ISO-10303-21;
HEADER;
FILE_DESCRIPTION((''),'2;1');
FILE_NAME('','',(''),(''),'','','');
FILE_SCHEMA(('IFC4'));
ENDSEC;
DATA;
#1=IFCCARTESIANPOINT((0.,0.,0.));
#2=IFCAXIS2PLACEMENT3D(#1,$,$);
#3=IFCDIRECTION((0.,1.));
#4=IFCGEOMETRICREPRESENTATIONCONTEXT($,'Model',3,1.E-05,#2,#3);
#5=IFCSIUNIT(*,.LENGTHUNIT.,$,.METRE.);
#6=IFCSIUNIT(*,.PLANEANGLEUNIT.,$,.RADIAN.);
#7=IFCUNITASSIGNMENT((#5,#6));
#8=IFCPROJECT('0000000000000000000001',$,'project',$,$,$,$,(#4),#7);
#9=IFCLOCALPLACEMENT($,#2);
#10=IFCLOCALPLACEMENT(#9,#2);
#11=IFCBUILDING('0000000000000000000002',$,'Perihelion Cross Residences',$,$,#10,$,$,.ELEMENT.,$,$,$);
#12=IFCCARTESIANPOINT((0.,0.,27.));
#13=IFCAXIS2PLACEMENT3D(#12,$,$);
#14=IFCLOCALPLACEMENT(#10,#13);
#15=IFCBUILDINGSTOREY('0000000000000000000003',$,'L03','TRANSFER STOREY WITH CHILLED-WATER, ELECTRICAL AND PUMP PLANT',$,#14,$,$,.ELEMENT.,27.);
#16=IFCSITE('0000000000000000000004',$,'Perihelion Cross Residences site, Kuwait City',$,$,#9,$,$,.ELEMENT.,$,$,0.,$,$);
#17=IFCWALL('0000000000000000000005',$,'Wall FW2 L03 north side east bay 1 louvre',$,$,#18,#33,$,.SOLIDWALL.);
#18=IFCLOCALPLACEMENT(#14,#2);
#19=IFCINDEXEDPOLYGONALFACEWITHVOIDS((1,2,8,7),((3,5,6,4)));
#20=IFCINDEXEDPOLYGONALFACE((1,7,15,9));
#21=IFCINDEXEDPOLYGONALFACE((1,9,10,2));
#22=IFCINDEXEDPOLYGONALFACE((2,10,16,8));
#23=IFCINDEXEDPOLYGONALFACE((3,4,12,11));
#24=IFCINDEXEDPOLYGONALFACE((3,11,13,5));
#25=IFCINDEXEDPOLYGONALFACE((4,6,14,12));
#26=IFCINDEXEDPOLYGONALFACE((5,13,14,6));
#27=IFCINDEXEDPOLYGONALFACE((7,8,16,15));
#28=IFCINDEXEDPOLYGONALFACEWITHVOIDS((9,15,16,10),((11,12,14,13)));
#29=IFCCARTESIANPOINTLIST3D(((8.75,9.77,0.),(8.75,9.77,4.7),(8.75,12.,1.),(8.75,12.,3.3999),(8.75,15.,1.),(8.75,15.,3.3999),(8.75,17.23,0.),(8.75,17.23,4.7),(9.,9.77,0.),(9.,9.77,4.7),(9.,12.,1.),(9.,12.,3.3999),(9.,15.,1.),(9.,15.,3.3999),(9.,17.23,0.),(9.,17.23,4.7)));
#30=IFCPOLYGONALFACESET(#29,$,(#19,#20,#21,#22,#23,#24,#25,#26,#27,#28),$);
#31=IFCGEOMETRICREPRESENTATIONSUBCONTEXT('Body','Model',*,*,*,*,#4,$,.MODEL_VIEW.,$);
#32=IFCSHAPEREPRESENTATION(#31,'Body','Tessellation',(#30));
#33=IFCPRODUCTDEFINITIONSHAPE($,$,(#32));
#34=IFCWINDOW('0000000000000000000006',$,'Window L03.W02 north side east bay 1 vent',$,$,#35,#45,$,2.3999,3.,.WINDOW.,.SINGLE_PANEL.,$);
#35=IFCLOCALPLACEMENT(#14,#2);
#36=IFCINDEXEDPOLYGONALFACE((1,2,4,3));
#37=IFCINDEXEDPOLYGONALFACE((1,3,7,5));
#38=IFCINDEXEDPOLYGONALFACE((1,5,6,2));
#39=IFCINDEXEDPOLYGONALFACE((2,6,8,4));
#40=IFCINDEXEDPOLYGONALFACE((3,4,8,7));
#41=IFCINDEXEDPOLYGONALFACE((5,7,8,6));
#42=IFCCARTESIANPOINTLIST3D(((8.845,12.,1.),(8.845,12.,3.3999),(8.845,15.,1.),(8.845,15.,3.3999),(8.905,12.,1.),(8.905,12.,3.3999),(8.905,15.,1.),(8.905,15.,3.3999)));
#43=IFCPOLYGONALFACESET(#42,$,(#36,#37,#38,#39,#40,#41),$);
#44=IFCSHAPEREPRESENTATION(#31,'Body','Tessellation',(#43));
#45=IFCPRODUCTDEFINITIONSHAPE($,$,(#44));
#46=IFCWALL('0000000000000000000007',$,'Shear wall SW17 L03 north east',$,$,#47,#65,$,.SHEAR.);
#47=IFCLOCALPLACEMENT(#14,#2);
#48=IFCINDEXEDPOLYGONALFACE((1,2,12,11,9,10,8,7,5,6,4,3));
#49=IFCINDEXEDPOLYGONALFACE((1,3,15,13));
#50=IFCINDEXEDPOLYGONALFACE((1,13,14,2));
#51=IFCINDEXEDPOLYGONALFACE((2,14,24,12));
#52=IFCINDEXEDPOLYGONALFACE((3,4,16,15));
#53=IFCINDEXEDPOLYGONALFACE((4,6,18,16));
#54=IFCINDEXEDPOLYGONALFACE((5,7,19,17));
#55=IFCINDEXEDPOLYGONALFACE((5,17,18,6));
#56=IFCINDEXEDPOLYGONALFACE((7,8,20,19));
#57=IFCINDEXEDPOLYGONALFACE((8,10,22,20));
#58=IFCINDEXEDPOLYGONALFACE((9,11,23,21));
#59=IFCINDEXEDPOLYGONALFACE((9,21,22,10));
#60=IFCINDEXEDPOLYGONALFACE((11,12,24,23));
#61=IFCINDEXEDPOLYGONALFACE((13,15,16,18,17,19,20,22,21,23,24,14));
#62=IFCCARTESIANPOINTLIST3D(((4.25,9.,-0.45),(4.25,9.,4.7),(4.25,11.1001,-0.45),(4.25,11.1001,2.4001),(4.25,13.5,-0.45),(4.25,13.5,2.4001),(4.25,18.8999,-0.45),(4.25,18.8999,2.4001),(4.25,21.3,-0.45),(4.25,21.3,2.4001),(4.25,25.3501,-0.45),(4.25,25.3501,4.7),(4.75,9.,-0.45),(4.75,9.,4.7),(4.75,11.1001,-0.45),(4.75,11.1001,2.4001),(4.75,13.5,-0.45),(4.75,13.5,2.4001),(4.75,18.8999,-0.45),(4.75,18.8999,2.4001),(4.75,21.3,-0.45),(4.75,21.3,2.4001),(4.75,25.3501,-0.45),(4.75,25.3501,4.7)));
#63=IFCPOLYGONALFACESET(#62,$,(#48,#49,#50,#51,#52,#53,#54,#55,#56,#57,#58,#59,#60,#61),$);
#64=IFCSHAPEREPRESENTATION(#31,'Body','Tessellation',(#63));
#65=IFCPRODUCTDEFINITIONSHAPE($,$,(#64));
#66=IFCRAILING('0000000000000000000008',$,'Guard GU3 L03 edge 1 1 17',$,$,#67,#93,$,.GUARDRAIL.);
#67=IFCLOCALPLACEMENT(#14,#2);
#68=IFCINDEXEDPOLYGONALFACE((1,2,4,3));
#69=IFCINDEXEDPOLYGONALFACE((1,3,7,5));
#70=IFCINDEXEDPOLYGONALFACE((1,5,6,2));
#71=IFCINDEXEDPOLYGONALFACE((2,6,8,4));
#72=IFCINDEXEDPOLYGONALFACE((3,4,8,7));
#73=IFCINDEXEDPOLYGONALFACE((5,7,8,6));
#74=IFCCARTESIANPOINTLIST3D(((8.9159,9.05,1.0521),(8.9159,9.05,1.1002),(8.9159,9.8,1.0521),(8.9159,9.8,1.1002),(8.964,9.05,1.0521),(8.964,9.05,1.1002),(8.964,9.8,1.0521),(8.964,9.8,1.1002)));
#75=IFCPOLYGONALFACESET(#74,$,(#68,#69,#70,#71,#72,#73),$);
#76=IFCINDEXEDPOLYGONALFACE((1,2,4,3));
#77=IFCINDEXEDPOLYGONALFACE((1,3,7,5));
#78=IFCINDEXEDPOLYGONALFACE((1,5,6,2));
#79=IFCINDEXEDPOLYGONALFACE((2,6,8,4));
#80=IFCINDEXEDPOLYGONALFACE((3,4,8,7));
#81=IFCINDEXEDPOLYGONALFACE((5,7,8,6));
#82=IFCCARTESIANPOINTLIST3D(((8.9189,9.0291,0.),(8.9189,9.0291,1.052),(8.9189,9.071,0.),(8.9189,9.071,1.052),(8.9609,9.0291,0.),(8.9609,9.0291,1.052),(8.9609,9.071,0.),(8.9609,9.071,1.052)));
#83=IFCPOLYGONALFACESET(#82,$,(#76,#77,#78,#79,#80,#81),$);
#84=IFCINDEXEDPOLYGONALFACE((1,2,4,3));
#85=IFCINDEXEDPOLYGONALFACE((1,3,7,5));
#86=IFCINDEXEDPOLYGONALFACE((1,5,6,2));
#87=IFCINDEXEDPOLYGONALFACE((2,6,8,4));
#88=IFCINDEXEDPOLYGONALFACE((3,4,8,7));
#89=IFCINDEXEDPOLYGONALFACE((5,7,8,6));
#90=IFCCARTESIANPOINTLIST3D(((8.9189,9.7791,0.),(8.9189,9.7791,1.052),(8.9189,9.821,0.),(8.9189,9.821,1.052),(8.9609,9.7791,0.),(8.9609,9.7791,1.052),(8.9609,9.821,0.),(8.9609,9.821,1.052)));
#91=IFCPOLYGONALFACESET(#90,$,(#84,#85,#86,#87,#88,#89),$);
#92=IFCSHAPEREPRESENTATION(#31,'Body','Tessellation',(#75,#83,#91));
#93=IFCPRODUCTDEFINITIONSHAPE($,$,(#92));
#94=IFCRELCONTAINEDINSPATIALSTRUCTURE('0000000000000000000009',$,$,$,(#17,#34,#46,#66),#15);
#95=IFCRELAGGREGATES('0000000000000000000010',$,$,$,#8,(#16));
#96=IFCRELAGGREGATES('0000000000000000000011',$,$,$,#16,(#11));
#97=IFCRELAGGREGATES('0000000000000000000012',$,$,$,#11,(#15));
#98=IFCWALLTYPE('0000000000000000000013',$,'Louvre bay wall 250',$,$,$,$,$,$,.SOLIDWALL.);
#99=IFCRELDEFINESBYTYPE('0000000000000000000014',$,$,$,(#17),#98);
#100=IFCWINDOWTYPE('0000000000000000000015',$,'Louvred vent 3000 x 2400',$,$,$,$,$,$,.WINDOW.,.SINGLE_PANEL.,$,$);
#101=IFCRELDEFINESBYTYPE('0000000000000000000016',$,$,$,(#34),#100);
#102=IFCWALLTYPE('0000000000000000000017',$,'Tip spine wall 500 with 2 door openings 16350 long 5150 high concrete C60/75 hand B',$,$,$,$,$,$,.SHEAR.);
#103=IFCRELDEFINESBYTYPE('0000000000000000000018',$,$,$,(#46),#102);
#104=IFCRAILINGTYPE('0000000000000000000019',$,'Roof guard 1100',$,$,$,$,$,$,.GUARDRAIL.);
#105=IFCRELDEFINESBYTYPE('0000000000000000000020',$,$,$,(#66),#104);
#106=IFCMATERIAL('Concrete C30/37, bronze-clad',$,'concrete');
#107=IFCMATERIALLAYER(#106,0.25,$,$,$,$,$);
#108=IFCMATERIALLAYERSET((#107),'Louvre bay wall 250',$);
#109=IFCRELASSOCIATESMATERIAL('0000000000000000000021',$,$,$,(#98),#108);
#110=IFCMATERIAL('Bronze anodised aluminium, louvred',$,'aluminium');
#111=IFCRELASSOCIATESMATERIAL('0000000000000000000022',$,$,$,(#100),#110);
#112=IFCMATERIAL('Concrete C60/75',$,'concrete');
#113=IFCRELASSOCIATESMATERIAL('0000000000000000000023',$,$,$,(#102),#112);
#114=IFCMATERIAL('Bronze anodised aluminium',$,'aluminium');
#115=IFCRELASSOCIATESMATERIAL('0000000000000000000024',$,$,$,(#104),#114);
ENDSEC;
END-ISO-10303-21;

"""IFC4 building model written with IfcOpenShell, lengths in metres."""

from ifc_helpers import new_model, si_unit, direction, frame, frame_2d, origin, origin_2d, place, context, subcontext, project, spatial, polyline, rectangle, outline, extrude, material, layer, layer_set, material_profile, profile_set, type_object, element, fill, save


model = new_model("IFC4")

# Units and contexts
model_context = context("Model", 3, precision=1e-05, world=origin(), true_north=direction((0.0, 1.0)))
body_context = subcontext(model_context, "Body", "Model", "MODEL_VIEW")
ifc_project = project(units=[si_unit("LENGTHUNIT", "METRE"), si_unit("PLANEANGLEUNIT", "RADIAN")], contexts=[model_context])

# Site, building, storey
site_placement = place(None, origin())
site = spatial("IfcSite", under=ifc_project, at=site_placement, Name="Perihelion Cross Residences site, Kuwait City", CompositionType="ELEMENT", RefElevation=0.0)
building_placement = place(site_placement, origin())
building = spatial("IfcBuilding", under=site, at=building_placement, Name="Perihelion Cross Residences", CompositionType="ELEMENT")
storey_placement = place(building_placement, frame((0.0, 0.0, 27.0)))
storey = spatial("IfcBuildingStorey", under=building, at=storey_placement, Name="L03", Description="TRANSFER STOREY WITH CHILLED-WATER, ELECTRICAL AND PUMP PLANT", CompositionType="ELEMENT", Elevation=27.0)

# Wall, opening, window
ifc_material_1 = material(Name="Concrete C30/37, bronze-clad", Category="concrete")
ifc_layer_1 = layer(ifc_material_1, 0.25)
ifc_layer_set_1 = layer_set([ifc_layer_1], Name="Louvre bay wall 250")
wall_type_1 = type_object("IfcWallType", Name="Louvre bay wall 250", PredefinedType="SOLIDWALL", material=ifc_layer_set_1)
wall_1_placement = place(storey_placement, frame((8.875, 9.77, 0.0), z_axis=(0.0, 0.0, 1.0), x_axis=(0.0, 1.0, 0.0)))
wall_1 = element("IfcWall", 1, at=wall_1_placement, inside=storey, type_object=wall_type_1, Name="Wall FW2 L03 north side east bay 1 louvre", PredefinedType="SOLIDWALL", context=body_context, shape_type="SweptSolid", body=[
    extrude(rectangle(XDim=7.46, YDim=0.25, at=frame_2d((3.73, 0.0))), origin(), (0.0, 0.0, 1.0), 4.7),
])
opening_placement = place(wall_1_placement, frame((2.23, 0.0, 1.0)))
opening = element("IfcOpeningElement", 2, at=opening_placement, cuts=wall_1, PredefinedType="OPENING", context=body_context, shape_type="SweptSolid", body=[
    extrude(rectangle(XDim=3.0, YDim=2.3999, at=frame_2d((1.5, 1.2))), frame((0.0, 0.135, 0.0), z_axis=(0.0, -1.0, 0.0), x_axis=(1.0, 0.0, 0.0)), (0.0, 0.0, 1.0), 0.27),
])
ifc_material_2 = material(Name="Bronze anodised aluminium, louvred", Category="aluminium")
window_type = type_object("IfcWindowType", Name="Louvred vent 3000 x 2400", PartitioningType="SINGLE_PANEL", PredefinedType="WINDOW", material=ifc_material_2)
window_placement = place(opening_placement, origin())
window = element("IfcWindow", 3, at=window_placement, inside=storey, type_object=window_type, Name="Window L03.W02 north side east bay 1 vent", OverallHeight=2.3999, OverallWidth=3.0, PartitioningType="SINGLE_PANEL", PredefinedType="WINDOW", context=body_context, shape_type="SweptSolid", body=[
    extrude(rectangle(XDim=3.0, YDim=2.3999, at=frame_2d((1.5, 1.2))), frame((0.0, 0.03, 0.0), z_axis=(0.0, -1.0, 0.0), x_axis=(1.0, 0.0, 0.0)), (0.0, 0.0, 1.0), 0.0601),
])
fill(opening, window)

# Wall
ifc_material_3 = material(Name="Concrete C60/75", Category="concrete")
ifc_material_profile_1 = material_profile(ifc_material_3, outline(polyline([(0.0, 0.0), (2.1001, 0.0), (2.1001, 2.8501), (4.5, 2.8501), (4.5, 0.0), (9.8999, 0.0), (9.8999, 2.8501), (12.3, 2.8501), (12.3, 0.0), (16.3501, 0.0), (16.3501, 5.1499), (0.0, 5.1499), (0.0, 0.0)])), Name="Tip spine wall")
ifc_profile_set_1 = profile_set([ifc_material_profile_1], Name="Concrete C60/75")
wall_type_2 = type_object("IfcWallType", Name="Tip spine wall 500 with 2 door openings 16350 long 5150 high concrete C60/75 hand B", PredefinedType="SHEAR", material=ifc_profile_set_1)
wall_2_placement = place(storey_placement, frame((4.25, 9.0, -0.45), z_axis=(1.0, 0.0, 0.0), x_axis=(0.0, 1.0, 0.0)))
element("IfcWall", 4, at=wall_2_placement, inside=storey, type_object=wall_type_2, Name="Shear wall SW17 L03 north east", PredefinedType="SHEAR", context=body_context, shape_type="SweptSolid", body=[
    extrude(outline(polyline([(0.0, 0.0), (2.1001, 0.0), (2.1001, 2.8501), (4.5, 2.8501), (4.5, 0.0), (9.8999, 0.0), (9.8999, 2.8501), (12.3, 2.8501), (12.3, 0.0), (16.3501, 0.0), (16.3501, 5.1499), (0.0, 5.1499), (0.0, 0.0)])), origin(), (0.0, 0.0, 1.0), 0.5),
])

# Railing
ifc_material_4 = material(Name="Bronze anodised aluminium", Category="aluminium")
railing_type = type_object("IfcRailingType", Name="Roof guard 1100", PredefinedType="GUARDRAIL", material=ifc_material_4)
railing_placement = place(storey_placement, frame((8.9399, 9.05, 0.0)))
element("IfcRailing", 5, at=railing_placement, inside=storey, type_object=railing_type, Name="Guard GU3 L03 edge 1 1 17", PredefinedType="GUARDRAIL", context=body_context, shape_type="SweptSolid", body=[
    extrude(rectangle(XDim=0.0481, YDim=0.0481, at=origin_2d()), frame((0.0, 0.0, 1.0762), z_axis=(0.0, 1.0, 0.0), x_axis=(-1.0, 0.0, 0.0)), (0.0, 0.0, 1.0), 0.75),
    extrude(rectangle(XDim=0.042, YDim=0.042, at=origin_2d()), origin(), (0.0, 0.0, 1.0), 1.052),
    extrude(rectangle(XDim=0.042, YDim=0.042, at=origin_2d()), frame((0.0, 0.75, 0.0)), (0.0, 0.0, 1.0), 1.052),
])

save(model, "model.ifc")
